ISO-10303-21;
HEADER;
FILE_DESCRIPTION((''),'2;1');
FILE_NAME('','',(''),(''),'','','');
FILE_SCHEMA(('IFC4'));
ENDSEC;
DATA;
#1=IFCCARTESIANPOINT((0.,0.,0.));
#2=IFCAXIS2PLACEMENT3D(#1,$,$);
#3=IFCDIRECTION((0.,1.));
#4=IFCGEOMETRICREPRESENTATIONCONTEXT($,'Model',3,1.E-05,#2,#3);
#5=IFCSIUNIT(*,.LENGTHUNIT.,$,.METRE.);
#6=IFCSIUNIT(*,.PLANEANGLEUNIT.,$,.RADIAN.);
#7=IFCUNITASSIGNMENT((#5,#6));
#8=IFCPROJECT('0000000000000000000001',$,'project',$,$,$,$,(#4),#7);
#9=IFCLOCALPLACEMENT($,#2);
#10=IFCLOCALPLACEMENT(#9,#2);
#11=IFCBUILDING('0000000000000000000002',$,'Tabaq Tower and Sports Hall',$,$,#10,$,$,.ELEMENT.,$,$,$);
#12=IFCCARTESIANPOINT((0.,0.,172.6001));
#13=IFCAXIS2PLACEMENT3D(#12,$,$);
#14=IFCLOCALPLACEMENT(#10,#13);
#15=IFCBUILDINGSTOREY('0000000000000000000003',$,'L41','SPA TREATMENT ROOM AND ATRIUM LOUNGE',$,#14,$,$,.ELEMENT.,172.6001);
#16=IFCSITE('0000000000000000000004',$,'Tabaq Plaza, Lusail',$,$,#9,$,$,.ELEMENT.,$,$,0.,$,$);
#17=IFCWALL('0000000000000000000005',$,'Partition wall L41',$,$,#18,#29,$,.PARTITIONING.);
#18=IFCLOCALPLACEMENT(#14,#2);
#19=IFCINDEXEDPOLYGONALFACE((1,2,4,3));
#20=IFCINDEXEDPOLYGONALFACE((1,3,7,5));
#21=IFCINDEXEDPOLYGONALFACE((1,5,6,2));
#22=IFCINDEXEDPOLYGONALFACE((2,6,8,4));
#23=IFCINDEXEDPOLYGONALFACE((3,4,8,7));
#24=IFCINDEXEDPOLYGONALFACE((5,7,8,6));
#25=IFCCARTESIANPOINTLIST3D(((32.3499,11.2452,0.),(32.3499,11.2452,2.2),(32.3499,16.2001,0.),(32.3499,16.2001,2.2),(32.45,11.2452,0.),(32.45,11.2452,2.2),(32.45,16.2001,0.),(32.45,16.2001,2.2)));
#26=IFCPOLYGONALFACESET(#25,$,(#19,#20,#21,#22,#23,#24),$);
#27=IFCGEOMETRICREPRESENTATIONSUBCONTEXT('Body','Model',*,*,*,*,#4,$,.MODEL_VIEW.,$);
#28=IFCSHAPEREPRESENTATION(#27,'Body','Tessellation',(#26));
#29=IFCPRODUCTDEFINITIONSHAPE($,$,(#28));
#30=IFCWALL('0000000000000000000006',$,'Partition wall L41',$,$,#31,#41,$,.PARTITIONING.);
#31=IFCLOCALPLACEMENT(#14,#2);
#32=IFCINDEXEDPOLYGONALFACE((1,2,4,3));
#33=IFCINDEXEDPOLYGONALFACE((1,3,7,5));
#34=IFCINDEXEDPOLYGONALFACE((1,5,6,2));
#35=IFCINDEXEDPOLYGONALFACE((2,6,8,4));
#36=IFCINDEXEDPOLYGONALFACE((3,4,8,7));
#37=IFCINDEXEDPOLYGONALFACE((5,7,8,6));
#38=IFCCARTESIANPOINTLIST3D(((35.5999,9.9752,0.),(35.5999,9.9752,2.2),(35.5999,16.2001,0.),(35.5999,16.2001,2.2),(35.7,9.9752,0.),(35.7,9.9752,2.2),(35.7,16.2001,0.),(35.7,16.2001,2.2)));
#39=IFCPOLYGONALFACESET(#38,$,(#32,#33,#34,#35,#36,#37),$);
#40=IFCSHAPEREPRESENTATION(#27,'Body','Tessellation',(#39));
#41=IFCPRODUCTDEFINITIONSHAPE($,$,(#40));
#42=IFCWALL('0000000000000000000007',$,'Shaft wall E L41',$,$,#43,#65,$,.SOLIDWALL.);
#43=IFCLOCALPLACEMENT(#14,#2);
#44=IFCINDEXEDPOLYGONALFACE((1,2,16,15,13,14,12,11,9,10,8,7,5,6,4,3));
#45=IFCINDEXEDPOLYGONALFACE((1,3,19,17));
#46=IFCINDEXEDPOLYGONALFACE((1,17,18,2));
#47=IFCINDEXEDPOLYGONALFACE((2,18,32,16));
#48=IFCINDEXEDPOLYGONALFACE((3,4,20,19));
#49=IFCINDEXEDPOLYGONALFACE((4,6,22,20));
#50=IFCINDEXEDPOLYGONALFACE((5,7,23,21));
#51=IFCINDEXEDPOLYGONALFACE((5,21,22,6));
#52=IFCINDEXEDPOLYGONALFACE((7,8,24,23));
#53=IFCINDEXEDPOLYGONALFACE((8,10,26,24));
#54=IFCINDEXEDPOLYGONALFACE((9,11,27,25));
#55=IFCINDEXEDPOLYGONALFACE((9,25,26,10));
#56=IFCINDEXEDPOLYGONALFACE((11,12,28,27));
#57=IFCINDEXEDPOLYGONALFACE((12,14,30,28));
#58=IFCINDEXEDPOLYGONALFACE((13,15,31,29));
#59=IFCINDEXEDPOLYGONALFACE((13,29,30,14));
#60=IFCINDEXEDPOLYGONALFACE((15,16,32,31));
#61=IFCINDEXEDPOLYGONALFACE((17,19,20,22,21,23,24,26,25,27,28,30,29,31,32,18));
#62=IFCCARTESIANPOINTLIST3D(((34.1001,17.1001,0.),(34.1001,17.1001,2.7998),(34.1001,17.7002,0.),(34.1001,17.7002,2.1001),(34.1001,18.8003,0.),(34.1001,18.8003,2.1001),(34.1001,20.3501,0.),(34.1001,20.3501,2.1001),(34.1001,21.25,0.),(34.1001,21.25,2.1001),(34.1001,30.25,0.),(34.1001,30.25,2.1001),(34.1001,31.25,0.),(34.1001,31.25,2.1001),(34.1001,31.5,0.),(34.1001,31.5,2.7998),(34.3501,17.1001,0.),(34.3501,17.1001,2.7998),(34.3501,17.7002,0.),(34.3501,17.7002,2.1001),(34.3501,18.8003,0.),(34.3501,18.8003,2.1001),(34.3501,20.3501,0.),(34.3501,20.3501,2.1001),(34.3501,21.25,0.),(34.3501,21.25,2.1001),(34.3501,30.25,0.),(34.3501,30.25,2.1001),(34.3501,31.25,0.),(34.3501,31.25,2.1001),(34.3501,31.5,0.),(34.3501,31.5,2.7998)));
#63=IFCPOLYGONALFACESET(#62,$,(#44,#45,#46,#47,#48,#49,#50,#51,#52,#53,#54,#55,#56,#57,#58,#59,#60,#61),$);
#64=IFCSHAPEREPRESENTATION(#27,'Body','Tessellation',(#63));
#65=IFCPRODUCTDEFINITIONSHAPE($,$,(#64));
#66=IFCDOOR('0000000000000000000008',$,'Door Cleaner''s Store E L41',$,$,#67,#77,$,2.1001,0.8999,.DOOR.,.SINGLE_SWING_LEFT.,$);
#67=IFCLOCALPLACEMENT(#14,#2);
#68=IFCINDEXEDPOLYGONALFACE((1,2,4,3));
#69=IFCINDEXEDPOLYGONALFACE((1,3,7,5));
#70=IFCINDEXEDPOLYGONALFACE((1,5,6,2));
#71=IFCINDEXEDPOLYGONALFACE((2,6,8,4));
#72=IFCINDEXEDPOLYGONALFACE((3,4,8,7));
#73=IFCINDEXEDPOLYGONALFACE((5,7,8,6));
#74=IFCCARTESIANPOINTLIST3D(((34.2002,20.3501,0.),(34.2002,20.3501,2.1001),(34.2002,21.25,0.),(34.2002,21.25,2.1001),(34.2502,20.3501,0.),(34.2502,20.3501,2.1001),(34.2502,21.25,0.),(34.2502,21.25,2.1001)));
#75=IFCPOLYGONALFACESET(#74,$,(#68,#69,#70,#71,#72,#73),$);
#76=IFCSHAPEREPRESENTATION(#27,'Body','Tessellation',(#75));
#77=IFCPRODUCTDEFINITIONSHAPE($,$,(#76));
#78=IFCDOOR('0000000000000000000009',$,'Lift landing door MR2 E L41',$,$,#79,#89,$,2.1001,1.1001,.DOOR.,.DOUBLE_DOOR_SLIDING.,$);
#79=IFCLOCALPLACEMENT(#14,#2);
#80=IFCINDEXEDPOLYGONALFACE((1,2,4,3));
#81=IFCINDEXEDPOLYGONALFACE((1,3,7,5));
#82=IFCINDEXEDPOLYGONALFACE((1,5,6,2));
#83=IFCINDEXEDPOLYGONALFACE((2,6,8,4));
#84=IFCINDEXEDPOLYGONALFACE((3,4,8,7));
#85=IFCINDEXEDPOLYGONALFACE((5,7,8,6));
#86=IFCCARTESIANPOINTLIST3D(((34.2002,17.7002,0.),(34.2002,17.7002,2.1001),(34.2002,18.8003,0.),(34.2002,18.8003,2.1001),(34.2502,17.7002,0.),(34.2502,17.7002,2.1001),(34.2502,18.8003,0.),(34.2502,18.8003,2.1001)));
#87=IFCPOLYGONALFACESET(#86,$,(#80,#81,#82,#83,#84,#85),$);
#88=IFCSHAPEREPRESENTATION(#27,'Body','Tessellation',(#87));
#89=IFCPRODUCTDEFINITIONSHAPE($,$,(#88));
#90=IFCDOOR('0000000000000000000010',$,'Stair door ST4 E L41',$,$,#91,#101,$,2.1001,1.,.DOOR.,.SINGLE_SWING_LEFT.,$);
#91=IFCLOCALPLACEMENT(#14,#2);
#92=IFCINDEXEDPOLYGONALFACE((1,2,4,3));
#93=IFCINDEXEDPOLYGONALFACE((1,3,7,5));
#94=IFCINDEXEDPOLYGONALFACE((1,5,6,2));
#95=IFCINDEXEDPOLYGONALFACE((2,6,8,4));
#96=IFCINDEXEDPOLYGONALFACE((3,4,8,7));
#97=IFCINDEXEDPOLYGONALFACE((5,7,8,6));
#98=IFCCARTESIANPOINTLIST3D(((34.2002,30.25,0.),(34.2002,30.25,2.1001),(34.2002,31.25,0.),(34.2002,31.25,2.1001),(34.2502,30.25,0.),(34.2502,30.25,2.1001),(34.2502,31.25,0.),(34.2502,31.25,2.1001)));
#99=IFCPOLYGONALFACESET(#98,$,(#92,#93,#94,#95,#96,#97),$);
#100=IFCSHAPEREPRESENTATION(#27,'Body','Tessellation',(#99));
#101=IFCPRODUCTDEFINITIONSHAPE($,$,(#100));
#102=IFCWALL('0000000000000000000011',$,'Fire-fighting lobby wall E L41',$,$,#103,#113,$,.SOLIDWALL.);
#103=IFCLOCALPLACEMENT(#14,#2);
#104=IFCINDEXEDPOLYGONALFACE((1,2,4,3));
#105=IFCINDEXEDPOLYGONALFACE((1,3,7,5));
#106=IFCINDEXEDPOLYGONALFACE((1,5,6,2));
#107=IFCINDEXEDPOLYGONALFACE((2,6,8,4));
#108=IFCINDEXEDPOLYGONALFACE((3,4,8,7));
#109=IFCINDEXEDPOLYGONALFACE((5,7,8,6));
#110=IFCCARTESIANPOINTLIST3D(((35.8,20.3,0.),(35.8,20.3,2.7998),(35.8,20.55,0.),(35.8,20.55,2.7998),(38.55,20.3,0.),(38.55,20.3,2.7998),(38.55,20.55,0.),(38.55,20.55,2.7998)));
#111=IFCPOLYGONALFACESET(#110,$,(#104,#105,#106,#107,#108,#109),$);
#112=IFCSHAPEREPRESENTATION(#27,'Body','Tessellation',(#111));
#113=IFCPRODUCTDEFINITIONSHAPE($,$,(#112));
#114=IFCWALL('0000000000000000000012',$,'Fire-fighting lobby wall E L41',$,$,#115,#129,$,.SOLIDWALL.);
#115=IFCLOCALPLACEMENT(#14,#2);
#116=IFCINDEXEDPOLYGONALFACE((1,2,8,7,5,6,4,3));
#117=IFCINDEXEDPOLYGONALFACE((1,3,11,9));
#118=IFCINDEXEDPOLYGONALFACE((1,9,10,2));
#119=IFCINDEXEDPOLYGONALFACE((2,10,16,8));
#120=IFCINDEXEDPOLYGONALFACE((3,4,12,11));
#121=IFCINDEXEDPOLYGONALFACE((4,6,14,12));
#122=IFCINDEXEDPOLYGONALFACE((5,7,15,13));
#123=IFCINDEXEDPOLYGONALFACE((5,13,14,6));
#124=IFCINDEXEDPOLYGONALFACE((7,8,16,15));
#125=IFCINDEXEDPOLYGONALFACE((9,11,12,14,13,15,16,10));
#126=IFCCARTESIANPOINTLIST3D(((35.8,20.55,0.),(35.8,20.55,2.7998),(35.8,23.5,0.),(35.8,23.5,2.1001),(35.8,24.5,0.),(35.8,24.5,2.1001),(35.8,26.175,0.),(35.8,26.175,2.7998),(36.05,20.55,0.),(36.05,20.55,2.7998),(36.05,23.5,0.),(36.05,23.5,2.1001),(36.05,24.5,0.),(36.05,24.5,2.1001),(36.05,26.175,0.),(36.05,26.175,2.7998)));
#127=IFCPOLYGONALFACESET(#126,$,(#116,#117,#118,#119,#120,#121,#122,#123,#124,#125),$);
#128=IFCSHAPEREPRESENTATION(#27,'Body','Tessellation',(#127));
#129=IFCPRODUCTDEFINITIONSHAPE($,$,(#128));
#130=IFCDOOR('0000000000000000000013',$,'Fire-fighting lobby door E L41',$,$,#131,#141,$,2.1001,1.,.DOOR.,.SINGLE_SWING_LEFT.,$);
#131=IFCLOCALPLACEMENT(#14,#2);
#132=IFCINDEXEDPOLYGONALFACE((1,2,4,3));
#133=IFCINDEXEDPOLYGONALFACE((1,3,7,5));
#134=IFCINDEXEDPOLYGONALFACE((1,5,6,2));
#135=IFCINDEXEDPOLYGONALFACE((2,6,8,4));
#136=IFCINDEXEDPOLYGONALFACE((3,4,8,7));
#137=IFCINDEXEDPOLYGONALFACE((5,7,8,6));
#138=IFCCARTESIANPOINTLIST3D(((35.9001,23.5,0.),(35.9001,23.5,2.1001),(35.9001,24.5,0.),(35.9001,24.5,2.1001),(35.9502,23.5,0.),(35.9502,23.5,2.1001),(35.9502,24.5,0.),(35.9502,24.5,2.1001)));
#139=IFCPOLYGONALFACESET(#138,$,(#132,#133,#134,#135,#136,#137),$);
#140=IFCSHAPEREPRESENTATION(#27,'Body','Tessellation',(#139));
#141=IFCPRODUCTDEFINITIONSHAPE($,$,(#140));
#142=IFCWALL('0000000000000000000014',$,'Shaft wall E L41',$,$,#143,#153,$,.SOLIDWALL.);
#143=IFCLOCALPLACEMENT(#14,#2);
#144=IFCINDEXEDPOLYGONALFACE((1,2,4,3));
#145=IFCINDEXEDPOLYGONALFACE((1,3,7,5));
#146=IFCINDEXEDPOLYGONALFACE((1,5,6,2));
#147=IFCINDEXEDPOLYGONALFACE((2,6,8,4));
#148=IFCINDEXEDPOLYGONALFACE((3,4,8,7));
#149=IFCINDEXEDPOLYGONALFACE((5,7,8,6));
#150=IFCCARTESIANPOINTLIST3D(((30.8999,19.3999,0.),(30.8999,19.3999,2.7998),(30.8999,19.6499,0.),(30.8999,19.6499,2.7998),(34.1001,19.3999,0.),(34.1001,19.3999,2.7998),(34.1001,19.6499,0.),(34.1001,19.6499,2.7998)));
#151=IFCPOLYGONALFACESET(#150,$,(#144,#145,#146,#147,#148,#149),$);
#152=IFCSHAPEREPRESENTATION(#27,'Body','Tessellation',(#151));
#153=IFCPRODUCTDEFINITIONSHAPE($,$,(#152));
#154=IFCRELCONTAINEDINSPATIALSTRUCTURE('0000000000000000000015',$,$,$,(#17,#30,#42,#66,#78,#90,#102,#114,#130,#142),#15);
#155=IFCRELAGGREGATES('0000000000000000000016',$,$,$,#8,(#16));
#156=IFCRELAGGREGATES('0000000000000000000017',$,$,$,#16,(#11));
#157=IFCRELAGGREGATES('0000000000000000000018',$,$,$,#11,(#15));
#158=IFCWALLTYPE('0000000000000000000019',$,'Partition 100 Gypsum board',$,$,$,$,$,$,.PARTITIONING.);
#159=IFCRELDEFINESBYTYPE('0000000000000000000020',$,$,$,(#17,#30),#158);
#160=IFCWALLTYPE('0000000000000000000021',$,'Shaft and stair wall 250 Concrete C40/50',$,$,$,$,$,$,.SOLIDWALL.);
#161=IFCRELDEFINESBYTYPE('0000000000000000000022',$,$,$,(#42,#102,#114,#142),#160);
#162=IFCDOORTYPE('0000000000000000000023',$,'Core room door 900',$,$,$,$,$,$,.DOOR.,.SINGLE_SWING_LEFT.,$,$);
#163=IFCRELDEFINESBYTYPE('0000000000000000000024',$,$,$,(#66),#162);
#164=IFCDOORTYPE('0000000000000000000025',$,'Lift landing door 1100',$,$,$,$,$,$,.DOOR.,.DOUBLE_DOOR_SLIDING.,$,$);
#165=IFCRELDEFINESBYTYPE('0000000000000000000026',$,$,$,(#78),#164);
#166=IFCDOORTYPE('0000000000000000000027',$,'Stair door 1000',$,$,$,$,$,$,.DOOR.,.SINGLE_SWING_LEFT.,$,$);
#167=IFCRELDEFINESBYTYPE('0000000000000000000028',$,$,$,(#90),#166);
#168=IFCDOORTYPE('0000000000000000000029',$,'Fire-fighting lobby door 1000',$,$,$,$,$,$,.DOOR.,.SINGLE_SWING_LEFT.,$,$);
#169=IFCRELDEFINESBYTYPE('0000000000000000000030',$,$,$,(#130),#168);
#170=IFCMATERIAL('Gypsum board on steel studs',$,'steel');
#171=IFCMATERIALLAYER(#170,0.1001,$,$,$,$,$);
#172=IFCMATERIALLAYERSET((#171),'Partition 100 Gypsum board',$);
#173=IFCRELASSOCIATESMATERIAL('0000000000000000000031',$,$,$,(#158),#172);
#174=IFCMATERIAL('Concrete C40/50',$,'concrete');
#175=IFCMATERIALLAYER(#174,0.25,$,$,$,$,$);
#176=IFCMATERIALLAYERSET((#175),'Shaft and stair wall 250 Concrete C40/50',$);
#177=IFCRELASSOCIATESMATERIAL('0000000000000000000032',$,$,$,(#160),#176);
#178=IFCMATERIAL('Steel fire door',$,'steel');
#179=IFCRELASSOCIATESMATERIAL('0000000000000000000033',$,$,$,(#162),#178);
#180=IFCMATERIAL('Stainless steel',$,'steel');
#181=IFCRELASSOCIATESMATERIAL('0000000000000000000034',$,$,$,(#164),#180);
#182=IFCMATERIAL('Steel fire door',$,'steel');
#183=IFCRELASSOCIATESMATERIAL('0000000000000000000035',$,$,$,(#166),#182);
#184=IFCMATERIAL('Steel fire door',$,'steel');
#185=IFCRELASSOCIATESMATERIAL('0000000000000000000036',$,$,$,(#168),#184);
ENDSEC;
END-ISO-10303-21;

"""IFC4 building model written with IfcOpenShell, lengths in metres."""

from ifc_helpers import new_model, si_unit, direction, frame, frame_2d, origin, place, context, subcontext, project, spatial, rectangle, extrude, material, layer, layer_set, type_object, element, fill, save


model = new_model("IFC4")

# Units and contexts
model_context = context("Model", 3, precision=1e-05, world=origin(), true_north=direction((0.0, 1.0)))
body_context = subcontext(model_context, "Body", "Model", "MODEL_VIEW")
ifc_project = project(units=[si_unit("LENGTHUNIT", "METRE"), si_unit("PLANEANGLEUNIT", "RADIAN")], contexts=[model_context])

# Site, building, storey
site_placement = place(None, origin())
site = spatial("IfcSite", under=ifc_project, at=site_placement, Name="Tabaq Plaza, Lusail", CompositionType="ELEMENT", RefElevation=0.0)
building_placement = place(site_placement, origin())
building = spatial("IfcBuilding", under=site, at=building_placement, Name="Tabaq Tower and Sports Hall", CompositionType="ELEMENT")
storey_placement = place(building_placement, frame((0.0, 0.0, 172.6001)))
storey = spatial("IfcBuildingStorey", under=building, at=storey_placement, Name="L41", Description="SPA TREATMENT ROOM AND ATRIUM LOUNGE", CompositionType="ELEMENT", Elevation=172.6001)

# Walls
ifc_material_1 = material(Name="Gypsum board on steel studs", Category="steel")
ifc_layer_1 = layer(ifc_material_1, 0.1001)
ifc_layer_set_1 = layer_set([ifc_layer_1], Name="Partition 100 Gypsum board")
wall_type_1 = type_object("IfcWallType", Name="Partition 100 Gypsum board", PredefinedType="PARTITIONING", material=ifc_layer_set_1)
wall_1_placement = place(storey_placement, frame((32.3999, 11.2451, 0.0), z_axis=(0.0, 0.0, 1.0), x_axis=(0.0, 1.0, 0.0)))
element("IfcWall", 1, at=wall_1_placement, inside=storey, type_object=wall_type_1, Name="Partition wall L41", PredefinedType="PARTITIONING", context=body_context, shape_type="SweptSolid", body=[
    extrude(rectangle(XDim=4.9548, YDim=0.1001, at=frame_2d((2.4775, 0.0))), origin(), (0.0, 0.0, 1.0), 2.2),
])
wall_2_placement = place(storey_placement, frame((35.6499, 16.2, 0.0), z_axis=(0.0, 0.0, 1.0), x_axis=(0.0, -1.0, 0.0)))
element("IfcWall", 2, at=wall_2_placement, inside=storey, type_object=wall_type_1, Name="Partition wall L41", PredefinedType="PARTITIONING", context=body_context, shape_type="SweptSolid", body=[
    extrude(rectangle(XDim=6.2249, YDim=0.1001, at=frame_2d((3.1123, 0.0))), origin(), (0.0, 0.0, 1.0), 2.2),
])

# Wall, openings, doors
ifc_material_2 = material(Name="Concrete C40/50", Category="concrete")
ifc_layer_2 = layer(ifc_material_2, 0.25)
ifc_layer_set_2 = layer_set([ifc_layer_2], Name="Shaft and stair wall 250 Concrete C40/50")
wall_type_2 = type_object("IfcWallType", Name="Shaft and stair wall 250 Concrete C40/50", PredefinedType="SOLIDWALL", material=ifc_layer_set_2)
wall_3_placement = place(storey_placement, frame((34.2251, 17.1001, 0.0), z_axis=(0.0, 0.0, 1.0), x_axis=(0.0, 1.0, 0.0)))
wall_3 = element("IfcWall", 3, at=wall_3_placement, inside=storey, type_object=wall_type_2, Name="Shaft wall E L41", PredefinedType="SOLIDWALL", context=body_context, shape_type="SweptSolid", body=[
    extrude(rectangle(XDim=14.3999, YDim=0.25, at=frame_2d((7.2, 0.0))), origin(), (0.0, 0.0, 1.0), 2.7998),
])
opening_1_placement = place(wall_3_placement, frame((13.1499, 0.0, 0.0)))
opening_1 = element("IfcOpeningElement", 4, at=opening_1_placement, cuts=wall_3, PredefinedType="OPENING", context=body_context, shape_type="SweptSolid", body=[
    extrude(rectangle(XDim=1.0, YDim=2.1001, at=frame_2d((0.5, 1.05))), frame((0.0, 0.125, 0.0), z_axis=(0.0, -1.0, 0.0), x_axis=(1.0, 0.0, 0.0)), (0.0, 0.0, 1.0), 0.25),
])
opening_2_placement = place(wall_3_placement, frame((0.6001, 0.0, 0.0)))
opening_2 = element("IfcOpeningElement", 5, at=opening_2_placement, cuts=wall_3, PredefinedType="OPENING", context=body_context, shape_type="SweptSolid", body=[
    extrude(rectangle(XDim=1.1001, YDim=2.1001, at=frame_2d((0.55, 1.05))), frame((0.0, 0.125, 0.0), z_axis=(0.0, -1.0, 0.0), x_axis=(1.0, 0.0, 0.0)), (0.0, 0.0, 1.0), 0.25),
])
opening_3_placement = place(wall_3_placement, frame((3.25, 0.0, 0.0)))
opening_3 = element("IfcOpeningElement", 6, at=opening_3_placement, cuts=wall_3, PredefinedType="OPENING", context=body_context, shape_type="SweptSolid", body=[
    extrude(rectangle(XDim=0.8999, YDim=2.1001, at=frame_2d((0.45, 1.05))), frame((0.0, 0.125, 0.0), z_axis=(0.0, -1.0, 0.0), x_axis=(1.0, 0.0, 0.0)), (0.0, 0.0, 1.0), 0.25),
])
ifc_material_3 = material(Name="Steel fire door", Category="steel")
door_type_1 = type_object("IfcDoorType", Name="Core room door 900", OperationType="SINGLE_SWING_LEFT", PredefinedType="DOOR", material=ifc_material_3)
door_1_placement = place(opening_3_placement, origin())
door_1 = element("IfcDoor", 7, at=door_1_placement, inside=storey, type_object=door_type_1, Name="Door Cleaner's Store E L41", OperationType="SINGLE_SWING_LEFT", OverallHeight=2.1001, OverallWidth=0.8999, PredefinedType="DOOR", context=body_context, shape_type="SweptSolid", body=[
    extrude(rectangle(XDim=0.8999, YDim=2.1001, at=frame_2d((0.45, 1.05))), frame((0.0, 0.0249, 0.0), z_axis=(0.0, -1.0, 0.0), x_axis=(1.0, 0.0, 0.0)), (0.0, 0.0, 1.0), 0.05),
])
fill(opening_3, door_1)
ifc_material_4 = material(Name="Stainless steel", Category="steel")
door_type_2 = type_object("IfcDoorType", Name="Lift landing door 1100", OperationType="DOUBLE_DOOR_SLIDING", PredefinedType="DOOR", material=ifc_material_4)
door_2_placement = place(opening_2_placement, origin())
door_2 = element("IfcDoor", 8, at=door_2_placement, inside=storey, type_object=door_type_2, Name="Lift landing door MR2 E L41", OperationType="DOUBLE_DOOR_SLIDING", OverallHeight=2.1001, OverallWidth=1.1001, PredefinedType="DOOR", context=body_context, shape_type="SweptSolid", body=[
    extrude(rectangle(XDim=1.1001, YDim=2.1001, at=frame_2d((0.55, 1.05))), frame((0.0, 0.0249, 0.0), z_axis=(0.0, -1.0, 0.0), x_axis=(1.0, 0.0, 0.0)), (0.0, 0.0, 1.0), 0.05),
])
fill(opening_2, door_2)
ifc_material_5 = material(Name="Steel fire door", Category="steel")
door_type_3 = type_object("IfcDoorType", Name="Stair door 1000", OperationType="SINGLE_SWING_LEFT", PredefinedType="DOOR", material=ifc_material_5)
door_3_placement = place(opening_1_placement, origin())
door_3 = element("IfcDoor", 9, at=door_3_placement, inside=storey, type_object=door_type_3, Name="Stair door ST4 E L41", OperationType="SINGLE_SWING_LEFT", OverallHeight=2.1001, OverallWidth=1.0, PredefinedType="DOOR", context=body_context, shape_type="SweptSolid", body=[
    extrude(rectangle(XDim=1.0, YDim=2.1001, at=frame_2d((0.5, 1.05))), frame((0.0, 0.0249, 0.0), z_axis=(0.0, -1.0, 0.0), x_axis=(1.0, 0.0, 0.0)), (0.0, 0.0, 1.0), 0.05),
])
fill(opening_1, door_3)

# Wall
wall_4_placement = place(storey_placement, frame((35.8, 20.425, 0.0), z_axis=(0.0, 0.0, 1.0), x_axis=(1.0, 0.0, 0.0)))
element("IfcWall", 10, at=wall_4_placement, inside=storey, type_object=wall_type_2, Name="Fire-fighting lobby wall E L41", PredefinedType="SOLIDWALL", context=body_context, shape_type="SweptSolid", body=[
    extrude(rectangle(XDim=2.75, YDim=0.25, at=frame_2d((1.375, 0.0))), origin(), (0.0, 0.0, 1.0), 2.7998),
])

# Wall, opening, door
wall_5_placement = place(storey_placement, frame((35.925, 20.55, 0.0), z_axis=(0.0, 0.0, 1.0), x_axis=(0.0, 1.0, 0.0)))
wall_5 = element("IfcWall", 11, at=wall_5_placement, inside=storey, type_object=wall_type_2, Name="Fire-fighting lobby wall E L41", PredefinedType="SOLIDWALL", context=body_context, shape_type="SweptSolid", body=[
    extrude(rectangle(XDim=5.625, YDim=0.25, at=frame_2d((2.8125, 0.0))), origin(), (0.0, 0.0, 1.0), 2.7998),
])
opening_4_placement = place(wall_5_placement, frame((2.95, 0.0, 0.0)))
opening_4 = element("IfcOpeningElement", 12, at=opening_4_placement, cuts=wall_5, PredefinedType="OPENING", context=body_context, shape_type="SweptSolid", body=[
    extrude(rectangle(XDim=1.0, YDim=2.1001, at=frame_2d((0.5, 1.05))), frame((0.0, 0.125, 0.0), z_axis=(0.0, -1.0, 0.0), x_axis=(1.0, 0.0, 0.0)), (0.0, 0.0, 1.0), 0.25),
])
ifc_material_6 = material(Name="Steel fire door", Category="steel")
door_type_4 = type_object("IfcDoorType", Name="Fire-fighting lobby door 1000", OperationType="SINGLE_SWING_LEFT", PredefinedType="DOOR", material=ifc_material_6)
door_4_placement = place(opening_4_placement, origin())
door_4 = element("IfcDoor", 13, at=door_4_placement, inside=storey, type_object=door_type_4, Name="Fire-fighting lobby door E L41", OperationType="SINGLE_SWING_LEFT", OverallHeight=2.1001, OverallWidth=1.0, PredefinedType="DOOR", context=body_context, shape_type="SweptSolid", body=[
    extrude(rectangle(XDim=1.0, YDim=2.1001, at=frame_2d((0.5, 1.05))), frame((0.0, 0.0249, 0.0), z_axis=(0.0, -1.0, 0.0), x_axis=(1.0, 0.0, 0.0)), (0.0, 0.0, 1.0), 0.05),
])
fill(opening_4, door_4)

# Wall
wall_6_placement = place(storey_placement, frame((30.8999, 19.5249, 0.0), z_axis=(0.0, 0.0, 1.0), x_axis=(1.0, 0.0, 0.0)))
element("IfcWall", 14, at=wall_6_placement, inside=storey, type_object=wall_type_2, Name="Shaft wall E L41", PredefinedType="SOLIDWALL", context=body_context, shape_type="SweptSolid", body=[
    extrude(rectangle(XDim=3.2002, YDim=0.25, at=frame_2d((1.6001, 0.0))), origin(), (0.0, 0.0, 1.0), 2.7998),
])

save(model, "model.ifc")
